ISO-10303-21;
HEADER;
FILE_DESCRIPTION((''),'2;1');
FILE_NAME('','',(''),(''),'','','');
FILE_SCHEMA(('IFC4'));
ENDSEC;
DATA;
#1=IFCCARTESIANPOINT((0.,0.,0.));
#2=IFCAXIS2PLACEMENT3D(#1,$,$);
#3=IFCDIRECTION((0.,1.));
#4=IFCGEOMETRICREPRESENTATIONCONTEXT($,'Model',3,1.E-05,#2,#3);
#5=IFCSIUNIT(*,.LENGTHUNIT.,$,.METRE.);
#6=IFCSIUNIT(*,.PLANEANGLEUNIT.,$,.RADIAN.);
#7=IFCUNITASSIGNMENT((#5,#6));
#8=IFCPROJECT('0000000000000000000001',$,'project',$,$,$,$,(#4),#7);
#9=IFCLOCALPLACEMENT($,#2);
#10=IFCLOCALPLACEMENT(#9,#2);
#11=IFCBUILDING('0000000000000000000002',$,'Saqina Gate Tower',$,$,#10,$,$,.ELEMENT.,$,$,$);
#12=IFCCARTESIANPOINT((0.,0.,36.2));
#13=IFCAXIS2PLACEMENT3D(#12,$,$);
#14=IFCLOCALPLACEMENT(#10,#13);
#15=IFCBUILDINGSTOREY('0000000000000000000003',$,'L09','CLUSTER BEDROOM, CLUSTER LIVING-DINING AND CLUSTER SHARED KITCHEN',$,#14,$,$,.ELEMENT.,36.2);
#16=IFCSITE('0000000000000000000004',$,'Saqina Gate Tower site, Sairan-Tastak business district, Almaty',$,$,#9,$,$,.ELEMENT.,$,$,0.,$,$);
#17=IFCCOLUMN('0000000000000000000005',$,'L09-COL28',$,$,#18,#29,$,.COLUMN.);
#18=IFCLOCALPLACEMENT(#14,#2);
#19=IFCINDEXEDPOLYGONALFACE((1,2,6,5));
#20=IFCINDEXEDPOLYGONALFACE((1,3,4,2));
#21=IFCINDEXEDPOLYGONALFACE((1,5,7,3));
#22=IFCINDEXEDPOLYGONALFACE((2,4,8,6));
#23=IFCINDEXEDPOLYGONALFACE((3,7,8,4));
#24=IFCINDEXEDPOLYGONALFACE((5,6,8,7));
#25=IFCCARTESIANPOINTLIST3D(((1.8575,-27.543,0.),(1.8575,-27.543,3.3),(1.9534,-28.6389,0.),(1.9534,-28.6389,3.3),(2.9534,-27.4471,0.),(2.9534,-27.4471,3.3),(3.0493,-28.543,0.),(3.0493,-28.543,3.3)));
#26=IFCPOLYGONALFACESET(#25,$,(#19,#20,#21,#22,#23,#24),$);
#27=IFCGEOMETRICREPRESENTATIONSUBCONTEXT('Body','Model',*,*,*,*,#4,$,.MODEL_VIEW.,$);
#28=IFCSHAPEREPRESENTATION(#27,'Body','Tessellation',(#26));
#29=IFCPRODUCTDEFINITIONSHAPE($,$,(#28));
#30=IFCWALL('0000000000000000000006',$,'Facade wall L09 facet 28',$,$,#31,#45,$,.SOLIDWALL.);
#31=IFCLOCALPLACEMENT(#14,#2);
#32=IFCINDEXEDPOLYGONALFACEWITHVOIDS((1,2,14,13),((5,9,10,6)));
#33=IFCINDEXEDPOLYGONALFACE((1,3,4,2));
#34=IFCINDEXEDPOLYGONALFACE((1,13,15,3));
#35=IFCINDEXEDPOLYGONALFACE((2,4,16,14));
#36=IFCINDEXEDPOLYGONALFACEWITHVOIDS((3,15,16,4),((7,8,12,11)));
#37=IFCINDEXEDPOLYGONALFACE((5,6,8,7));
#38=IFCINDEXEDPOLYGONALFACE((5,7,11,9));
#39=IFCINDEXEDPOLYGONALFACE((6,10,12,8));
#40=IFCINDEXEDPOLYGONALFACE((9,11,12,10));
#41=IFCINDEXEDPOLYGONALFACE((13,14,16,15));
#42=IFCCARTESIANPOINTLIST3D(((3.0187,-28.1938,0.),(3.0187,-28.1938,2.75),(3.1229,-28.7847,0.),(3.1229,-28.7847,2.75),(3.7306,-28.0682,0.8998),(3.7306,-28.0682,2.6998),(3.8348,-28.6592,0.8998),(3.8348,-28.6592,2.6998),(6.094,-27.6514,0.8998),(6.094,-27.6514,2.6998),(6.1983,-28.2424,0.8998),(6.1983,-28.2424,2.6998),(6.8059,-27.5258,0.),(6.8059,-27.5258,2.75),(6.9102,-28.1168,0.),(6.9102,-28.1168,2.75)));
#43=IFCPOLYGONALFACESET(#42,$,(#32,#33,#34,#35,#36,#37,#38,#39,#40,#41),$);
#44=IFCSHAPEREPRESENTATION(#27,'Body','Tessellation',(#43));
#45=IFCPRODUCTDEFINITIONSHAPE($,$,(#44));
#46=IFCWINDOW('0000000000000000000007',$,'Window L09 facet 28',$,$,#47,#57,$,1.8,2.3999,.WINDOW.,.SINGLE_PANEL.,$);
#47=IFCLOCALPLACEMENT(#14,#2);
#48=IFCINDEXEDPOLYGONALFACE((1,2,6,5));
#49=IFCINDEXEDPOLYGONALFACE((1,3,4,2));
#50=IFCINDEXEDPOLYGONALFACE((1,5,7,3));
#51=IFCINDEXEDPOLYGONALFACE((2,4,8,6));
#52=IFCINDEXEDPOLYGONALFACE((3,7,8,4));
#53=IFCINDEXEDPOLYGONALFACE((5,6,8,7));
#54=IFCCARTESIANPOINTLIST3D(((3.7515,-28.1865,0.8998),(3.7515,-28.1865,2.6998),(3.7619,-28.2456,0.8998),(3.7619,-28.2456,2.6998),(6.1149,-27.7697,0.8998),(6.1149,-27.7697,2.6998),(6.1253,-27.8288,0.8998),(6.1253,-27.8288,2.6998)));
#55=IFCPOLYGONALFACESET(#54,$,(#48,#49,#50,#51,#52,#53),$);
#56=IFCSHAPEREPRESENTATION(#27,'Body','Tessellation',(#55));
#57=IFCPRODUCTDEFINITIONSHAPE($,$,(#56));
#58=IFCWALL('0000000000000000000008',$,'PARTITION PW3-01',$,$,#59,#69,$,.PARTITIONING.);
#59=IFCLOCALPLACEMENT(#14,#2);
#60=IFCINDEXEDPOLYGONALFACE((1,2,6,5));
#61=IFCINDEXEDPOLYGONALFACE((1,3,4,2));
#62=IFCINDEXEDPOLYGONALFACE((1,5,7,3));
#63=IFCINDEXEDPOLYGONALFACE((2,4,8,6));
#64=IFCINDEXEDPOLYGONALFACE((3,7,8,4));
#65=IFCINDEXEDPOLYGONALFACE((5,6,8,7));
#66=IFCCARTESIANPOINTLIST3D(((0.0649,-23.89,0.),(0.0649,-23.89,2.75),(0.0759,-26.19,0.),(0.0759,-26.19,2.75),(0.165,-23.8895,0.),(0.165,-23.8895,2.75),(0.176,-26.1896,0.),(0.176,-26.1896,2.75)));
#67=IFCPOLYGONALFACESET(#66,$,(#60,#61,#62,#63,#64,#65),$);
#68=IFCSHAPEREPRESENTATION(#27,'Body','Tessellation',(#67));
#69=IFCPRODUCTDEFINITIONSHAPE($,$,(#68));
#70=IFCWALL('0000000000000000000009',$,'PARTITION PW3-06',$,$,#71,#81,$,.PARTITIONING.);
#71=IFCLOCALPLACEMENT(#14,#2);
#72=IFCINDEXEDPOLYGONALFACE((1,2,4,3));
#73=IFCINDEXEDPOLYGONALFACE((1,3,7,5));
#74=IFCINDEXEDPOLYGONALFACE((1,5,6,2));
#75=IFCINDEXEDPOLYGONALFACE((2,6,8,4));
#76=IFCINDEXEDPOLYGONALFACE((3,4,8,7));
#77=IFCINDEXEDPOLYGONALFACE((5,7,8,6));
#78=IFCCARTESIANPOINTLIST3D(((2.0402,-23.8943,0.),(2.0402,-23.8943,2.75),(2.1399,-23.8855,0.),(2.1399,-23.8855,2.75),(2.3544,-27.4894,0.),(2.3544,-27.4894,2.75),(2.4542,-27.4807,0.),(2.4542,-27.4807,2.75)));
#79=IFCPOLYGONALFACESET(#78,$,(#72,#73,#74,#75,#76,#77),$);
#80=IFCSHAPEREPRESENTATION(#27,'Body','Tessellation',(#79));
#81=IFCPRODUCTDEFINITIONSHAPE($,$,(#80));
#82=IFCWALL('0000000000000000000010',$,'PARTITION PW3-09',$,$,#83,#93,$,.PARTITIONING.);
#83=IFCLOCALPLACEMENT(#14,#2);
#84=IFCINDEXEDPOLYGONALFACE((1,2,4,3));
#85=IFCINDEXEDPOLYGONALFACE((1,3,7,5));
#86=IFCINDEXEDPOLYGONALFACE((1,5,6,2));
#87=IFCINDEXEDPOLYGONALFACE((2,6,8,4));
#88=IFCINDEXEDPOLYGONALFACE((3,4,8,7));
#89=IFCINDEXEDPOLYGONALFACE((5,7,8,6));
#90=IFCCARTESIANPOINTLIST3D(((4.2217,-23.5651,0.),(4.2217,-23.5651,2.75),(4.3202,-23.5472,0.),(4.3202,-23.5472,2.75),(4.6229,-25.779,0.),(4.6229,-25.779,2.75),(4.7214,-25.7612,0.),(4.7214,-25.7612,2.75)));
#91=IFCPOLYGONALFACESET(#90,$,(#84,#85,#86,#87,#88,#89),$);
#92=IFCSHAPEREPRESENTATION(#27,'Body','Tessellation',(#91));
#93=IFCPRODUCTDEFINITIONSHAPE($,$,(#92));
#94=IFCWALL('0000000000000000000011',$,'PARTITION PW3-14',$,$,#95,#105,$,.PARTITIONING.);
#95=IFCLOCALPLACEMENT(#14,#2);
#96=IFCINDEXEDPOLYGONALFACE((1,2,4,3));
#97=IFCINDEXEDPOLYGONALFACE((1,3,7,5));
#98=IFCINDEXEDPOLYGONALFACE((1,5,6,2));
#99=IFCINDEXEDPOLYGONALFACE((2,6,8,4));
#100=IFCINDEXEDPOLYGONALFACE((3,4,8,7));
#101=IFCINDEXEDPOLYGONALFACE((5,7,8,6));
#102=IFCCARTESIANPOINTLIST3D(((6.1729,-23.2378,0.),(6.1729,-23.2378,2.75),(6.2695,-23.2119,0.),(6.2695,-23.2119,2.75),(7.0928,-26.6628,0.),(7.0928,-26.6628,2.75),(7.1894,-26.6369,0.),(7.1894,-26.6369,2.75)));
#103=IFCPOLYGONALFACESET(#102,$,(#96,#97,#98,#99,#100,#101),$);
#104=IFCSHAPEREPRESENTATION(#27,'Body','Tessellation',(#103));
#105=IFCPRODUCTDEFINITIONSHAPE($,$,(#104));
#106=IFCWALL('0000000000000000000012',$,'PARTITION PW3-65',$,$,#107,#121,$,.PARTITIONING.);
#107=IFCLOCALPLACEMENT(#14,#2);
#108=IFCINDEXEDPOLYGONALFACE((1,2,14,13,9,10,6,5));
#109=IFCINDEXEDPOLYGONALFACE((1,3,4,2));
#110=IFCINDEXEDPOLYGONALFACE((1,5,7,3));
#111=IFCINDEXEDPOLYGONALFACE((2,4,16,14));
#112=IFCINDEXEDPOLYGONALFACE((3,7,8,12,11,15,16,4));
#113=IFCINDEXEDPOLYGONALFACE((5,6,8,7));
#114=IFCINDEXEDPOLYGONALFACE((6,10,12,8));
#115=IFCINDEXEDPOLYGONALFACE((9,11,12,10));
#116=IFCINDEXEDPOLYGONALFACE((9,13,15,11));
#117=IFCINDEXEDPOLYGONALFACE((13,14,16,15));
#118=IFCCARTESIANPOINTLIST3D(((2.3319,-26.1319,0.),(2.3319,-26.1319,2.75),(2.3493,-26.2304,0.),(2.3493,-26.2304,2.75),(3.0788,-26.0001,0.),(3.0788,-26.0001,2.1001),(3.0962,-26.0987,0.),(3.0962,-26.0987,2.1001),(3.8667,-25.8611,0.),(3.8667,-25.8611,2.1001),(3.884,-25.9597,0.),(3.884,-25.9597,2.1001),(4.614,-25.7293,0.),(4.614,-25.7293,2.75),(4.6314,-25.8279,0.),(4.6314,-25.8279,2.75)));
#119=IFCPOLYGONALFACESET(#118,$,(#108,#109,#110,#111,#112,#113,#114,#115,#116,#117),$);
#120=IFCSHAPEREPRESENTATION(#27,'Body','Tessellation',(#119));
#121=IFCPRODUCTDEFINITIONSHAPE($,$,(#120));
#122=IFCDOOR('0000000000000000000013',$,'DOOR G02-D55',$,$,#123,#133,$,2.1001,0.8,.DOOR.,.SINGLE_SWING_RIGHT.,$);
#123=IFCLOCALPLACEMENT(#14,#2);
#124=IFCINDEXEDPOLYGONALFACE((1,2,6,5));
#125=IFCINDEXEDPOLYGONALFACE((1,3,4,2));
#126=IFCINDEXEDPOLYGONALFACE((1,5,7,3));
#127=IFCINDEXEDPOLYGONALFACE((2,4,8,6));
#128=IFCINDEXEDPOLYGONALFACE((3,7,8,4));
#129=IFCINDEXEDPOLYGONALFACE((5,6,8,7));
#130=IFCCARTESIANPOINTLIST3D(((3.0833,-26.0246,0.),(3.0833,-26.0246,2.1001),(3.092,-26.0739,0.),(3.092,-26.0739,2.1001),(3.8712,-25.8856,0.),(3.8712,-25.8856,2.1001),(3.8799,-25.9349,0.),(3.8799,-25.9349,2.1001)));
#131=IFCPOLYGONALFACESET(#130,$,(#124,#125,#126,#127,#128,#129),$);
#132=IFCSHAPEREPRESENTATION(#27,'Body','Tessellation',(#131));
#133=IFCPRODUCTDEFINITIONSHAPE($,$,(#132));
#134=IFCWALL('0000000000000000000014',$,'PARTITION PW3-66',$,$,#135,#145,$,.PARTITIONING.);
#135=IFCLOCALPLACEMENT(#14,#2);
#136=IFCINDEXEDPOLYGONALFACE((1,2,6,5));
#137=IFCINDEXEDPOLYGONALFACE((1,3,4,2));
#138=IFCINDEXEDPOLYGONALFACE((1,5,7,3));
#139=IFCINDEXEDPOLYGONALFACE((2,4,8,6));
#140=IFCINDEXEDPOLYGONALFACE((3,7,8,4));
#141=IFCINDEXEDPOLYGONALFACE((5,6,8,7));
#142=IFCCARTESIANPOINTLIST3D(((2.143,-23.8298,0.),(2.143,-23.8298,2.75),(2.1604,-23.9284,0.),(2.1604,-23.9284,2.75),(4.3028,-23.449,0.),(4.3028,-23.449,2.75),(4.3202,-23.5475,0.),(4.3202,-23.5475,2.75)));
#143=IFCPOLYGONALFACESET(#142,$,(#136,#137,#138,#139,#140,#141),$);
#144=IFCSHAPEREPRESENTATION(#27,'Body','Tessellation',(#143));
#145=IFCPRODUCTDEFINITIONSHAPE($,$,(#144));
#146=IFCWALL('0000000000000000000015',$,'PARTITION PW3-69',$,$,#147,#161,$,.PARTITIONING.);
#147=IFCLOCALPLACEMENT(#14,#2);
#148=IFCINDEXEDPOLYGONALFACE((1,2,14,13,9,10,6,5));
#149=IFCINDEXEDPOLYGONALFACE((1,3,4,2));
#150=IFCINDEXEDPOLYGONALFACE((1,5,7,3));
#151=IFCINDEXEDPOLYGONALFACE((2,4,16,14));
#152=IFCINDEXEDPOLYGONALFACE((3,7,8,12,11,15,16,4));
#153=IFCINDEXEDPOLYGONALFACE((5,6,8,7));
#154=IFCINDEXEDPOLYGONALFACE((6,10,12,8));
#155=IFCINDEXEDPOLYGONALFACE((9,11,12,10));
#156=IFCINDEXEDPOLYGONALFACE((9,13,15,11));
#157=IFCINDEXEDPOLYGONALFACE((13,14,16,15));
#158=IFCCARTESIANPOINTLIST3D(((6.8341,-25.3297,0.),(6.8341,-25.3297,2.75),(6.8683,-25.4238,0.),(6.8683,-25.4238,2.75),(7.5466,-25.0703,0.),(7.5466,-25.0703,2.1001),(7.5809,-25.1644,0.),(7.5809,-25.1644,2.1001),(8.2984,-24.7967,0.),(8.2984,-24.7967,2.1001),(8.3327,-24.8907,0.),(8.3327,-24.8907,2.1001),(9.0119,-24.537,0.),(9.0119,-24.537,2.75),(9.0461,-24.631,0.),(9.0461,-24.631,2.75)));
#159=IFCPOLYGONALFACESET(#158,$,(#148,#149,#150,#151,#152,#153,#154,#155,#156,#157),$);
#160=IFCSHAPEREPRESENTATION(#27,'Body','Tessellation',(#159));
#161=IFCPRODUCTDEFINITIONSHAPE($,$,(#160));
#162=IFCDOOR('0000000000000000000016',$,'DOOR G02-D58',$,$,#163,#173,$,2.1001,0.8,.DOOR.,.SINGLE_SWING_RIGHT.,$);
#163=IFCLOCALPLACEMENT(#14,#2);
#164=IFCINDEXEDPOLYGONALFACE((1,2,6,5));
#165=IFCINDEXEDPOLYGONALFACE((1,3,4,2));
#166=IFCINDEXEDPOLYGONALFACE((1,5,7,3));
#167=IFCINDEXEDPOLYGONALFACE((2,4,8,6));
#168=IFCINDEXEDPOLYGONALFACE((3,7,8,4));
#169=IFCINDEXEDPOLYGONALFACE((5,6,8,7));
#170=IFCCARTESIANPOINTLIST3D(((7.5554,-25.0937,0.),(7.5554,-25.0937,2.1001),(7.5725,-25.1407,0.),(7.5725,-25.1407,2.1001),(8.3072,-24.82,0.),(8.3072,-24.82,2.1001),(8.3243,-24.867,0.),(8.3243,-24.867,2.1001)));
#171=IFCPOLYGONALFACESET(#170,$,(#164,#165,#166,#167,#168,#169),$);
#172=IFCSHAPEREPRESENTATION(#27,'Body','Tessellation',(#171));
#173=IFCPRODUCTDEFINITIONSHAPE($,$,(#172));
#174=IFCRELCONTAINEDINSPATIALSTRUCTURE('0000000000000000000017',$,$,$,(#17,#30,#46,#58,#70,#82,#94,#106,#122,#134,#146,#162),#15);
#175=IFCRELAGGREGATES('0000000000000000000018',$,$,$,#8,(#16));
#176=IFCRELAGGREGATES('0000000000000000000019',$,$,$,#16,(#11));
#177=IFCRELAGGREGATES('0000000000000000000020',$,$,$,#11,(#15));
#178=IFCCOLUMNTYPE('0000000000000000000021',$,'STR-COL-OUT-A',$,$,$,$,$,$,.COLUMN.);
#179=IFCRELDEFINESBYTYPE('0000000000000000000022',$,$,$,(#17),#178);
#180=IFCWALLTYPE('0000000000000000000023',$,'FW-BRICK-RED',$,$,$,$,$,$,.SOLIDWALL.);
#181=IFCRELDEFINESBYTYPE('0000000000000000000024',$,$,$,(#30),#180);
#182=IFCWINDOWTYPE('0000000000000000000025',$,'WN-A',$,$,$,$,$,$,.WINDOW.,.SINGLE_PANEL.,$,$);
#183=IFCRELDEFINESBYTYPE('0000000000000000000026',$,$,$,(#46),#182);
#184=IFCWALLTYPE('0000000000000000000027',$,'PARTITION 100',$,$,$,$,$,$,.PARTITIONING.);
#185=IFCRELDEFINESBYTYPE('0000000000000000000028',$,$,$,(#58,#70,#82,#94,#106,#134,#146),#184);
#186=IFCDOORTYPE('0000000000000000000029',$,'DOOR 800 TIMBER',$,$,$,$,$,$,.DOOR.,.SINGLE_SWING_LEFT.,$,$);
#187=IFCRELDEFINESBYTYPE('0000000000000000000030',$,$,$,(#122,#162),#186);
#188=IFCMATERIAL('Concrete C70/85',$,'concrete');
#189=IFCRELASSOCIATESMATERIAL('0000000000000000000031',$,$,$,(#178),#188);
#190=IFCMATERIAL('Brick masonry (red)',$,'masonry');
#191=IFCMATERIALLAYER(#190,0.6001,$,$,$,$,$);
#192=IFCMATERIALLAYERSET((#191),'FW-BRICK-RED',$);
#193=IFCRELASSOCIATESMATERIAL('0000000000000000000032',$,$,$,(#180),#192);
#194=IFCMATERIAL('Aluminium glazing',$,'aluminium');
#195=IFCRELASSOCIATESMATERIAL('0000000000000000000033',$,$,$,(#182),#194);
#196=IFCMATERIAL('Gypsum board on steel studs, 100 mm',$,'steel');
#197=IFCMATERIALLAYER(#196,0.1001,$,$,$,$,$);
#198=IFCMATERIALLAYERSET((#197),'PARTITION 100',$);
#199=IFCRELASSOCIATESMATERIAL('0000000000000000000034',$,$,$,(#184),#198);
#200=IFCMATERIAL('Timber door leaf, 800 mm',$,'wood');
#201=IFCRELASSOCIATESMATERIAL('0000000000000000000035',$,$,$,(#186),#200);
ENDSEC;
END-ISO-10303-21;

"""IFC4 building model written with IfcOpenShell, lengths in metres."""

from ifc_helpers import new_model, si_unit, direction, frame, frame_2d, origin, origin_2d, place, context, subcontext, project, spatial, rectangle, extrude, material, layer, layer_set, material_profile, profile_set, type_object, element, fill, save


model = new_model("IFC4")

# Units and contexts
model_context = context("Model", 3, precision=1e-05, world=origin(), true_north=direction((0.0, 1.0)))
body_context = subcontext(model_context, "Body", "Model", "MODEL_VIEW")
ifc_project = project(units=[si_unit("LENGTHUNIT", "METRE"), si_unit("PLANEANGLEUNIT", "RADIAN")], contexts=[model_context])

# Site, building, storey
site_placement = place(None, origin())
site = spatial("IfcSite", under=ifc_project, at=site_placement, Name="Saqina Gate Tower site, Sairan-Tastak business district, Almaty", CompositionType="ELEMENT", RefElevation=0.0)
building_placement = place(site_placement, origin())
building = spatial("IfcBuilding", under=site, at=building_placement, Name="Saqina Gate Tower", CompositionType="ELEMENT")
storey_placement = place(building_placement, frame((0.0, 0.0, 36.2)))
storey = spatial("IfcBuildingStorey", under=building, at=storey_placement, Name="L09", Description="CLUSTER BEDROOM, CLUSTER LIVING-DINING AND CLUSTER SHARED KITCHEN", CompositionType="ELEMENT", Elevation=36.2)

# Column
ifc_material_1 = material(Name="Concrete C70/85", Category="concrete")
ifc_material_profile = material_profile(ifc_material_1, rectangle(XDim=1.1001, YDim=1.1001, at=origin_2d()), Name="RC 1100x1100")
ifc_profile_set = profile_set([ifc_material_profile], Name="Concrete C70/85")
column_type = type_object("IfcColumnType", Name="STR-COL-OUT-A", PredefinedType="COLUMN", material=ifc_profile_set)
column_placement = place(storey_placement, frame((2.4534, -28.043, 0.0), z_axis=(0.0, 0.0, 1.0), x_axis=(0.087156, -0.996195, 0.0)))
element("IfcColumn", 1, at=column_placement, inside=storey, type_object=column_type, Name="L09-COL28", PredefinedType="COLUMN", context=body_context, shape_type="SweptSolid", body=[
    extrude(rectangle(XDim=1.1001, YDim=1.1001, at=origin_2d()), origin(), (0.0, 0.0, 1.0), 3.3),
])

# Wall, opening, window
ifc_material_2 = material(Name="Brick masonry (red)", Category="masonry")
ifc_layer_1 = layer(ifc_material_2, 0.6001)
ifc_layer_set_1 = layer_set([ifc_layer_1], Name="FW-BRICK-RED")
wall_type_1 = type_object("IfcWallType", Name="FW-BRICK-RED", PredefinedType="SOLIDWALL", material=ifc_layer_set_1)
wall_1_placement = place(storey_placement, frame((3.0708, -28.4893, 0.0), z_axis=(0.0, 0.0, 1.0), x_axis=(0.984801, 0.173688, 0.0)))
wall_1 = element("IfcWall", 2, at=wall_1_placement, inside=storey, type_object=wall_type_1, Name="Facade wall L09 facet 28", PredefinedType="SOLIDWALL", context=body_context, shape_type="SweptSolid", body=[
    extrude(rectangle(XDim=3.8457, YDim=0.6001, at=frame_2d((1.9229, 0.0))), origin(), (0.0, 0.0, 1.0), 2.75),
])
opening_1_placement = place(wall_1_placement, frame((0.7229, 0.0, 0.8999)))
opening_1 = element("IfcOpeningElement", 3, at=opening_1_placement, cuts=wall_1, PredefinedType="OPENING", context=body_context, shape_type="SweptSolid", body=[
    extrude(rectangle(XDim=2.3999, YDim=1.8, at=frame_2d((1.2, 0.8999))), frame((0.0, 0.312, 0.0), z_axis=(0.0, -1.0, 0.0), x_axis=(1.0, 0.0, 0.0)), (0.0, 0.0, 1.0), 0.624),
])
ifc_material_3 = material(Name="Aluminium glazing", Category="aluminium")
window_type = type_object("IfcWindowType", Name="WN-A", PartitioningType="SINGLE_PANEL", PredefinedType="WINDOW", material=ifc_material_3)
window_placement = place(opening_1_placement, origin())
window = element("IfcWindow", 4, at=window_placement, inside=storey, type_object=window_type, Name="Window L09 facet 28", OverallHeight=1.8, OverallWidth=2.3999, PartitioningType="SINGLE_PANEL", PredefinedType="WINDOW", context=body_context, shape_type="SweptSolid", body=[
    extrude(rectangle(XDim=2.3999, YDim=1.8, at=frame_2d((1.2, 0.8999))), frame((0.0, 0.1799, 0.0), z_axis=(0.0, -1.0, 0.0), x_axis=(1.0, 0.0, 0.0)), (0.0, 0.0, 1.0), 0.0601),
])
fill(opening_1, window)

# Walls
ifc_material_4 = material(Name="Gypsum board on steel studs, 100 mm", Category="steel")
ifc_layer_2 = layer(ifc_material_4, 0.1001)
ifc_layer_set_2 = layer_set([ifc_layer_2], Name="PARTITION 100")
wall_type_2 = type_object("IfcWallType", Name="PARTITION 100", PredefinedType="PARTITIONING", material=ifc_layer_set_2)
wall_2_placement = place(storey_placement, frame((0.115, -23.8899, 0.0), z_axis=(0.0, 0.0, 1.0), x_axis=(0.004777, -0.999989, 0.0)))
element("IfcWall", 5, at=wall_2_placement, inside=storey, type_object=wall_type_2, Name="PARTITION PW3-01", PredefinedType="PARTITIONING", context=body_context, shape_type="SweptSolid", body=[
    extrude(rectangle(XDim=2.3, YDim=0.1001, at=frame_2d((1.1499, 0.0))), origin(), (0.0, 0.0, 1.0), 2.75),
])
wall_3_placement = place(storey_placement, frame((2.0901, -23.8899, 0.0), z_axis=(0.0, 0.0, 1.0), x_axis=(0.087065, -0.996203, 0.0)))
element("IfcWall", 6, at=wall_3_placement, inside=storey, type_object=wall_type_2, Name="PARTITION PW3-06", PredefinedType="PARTITIONING", context=body_context, shape_type="SweptSolid", body=[
    extrude(rectangle(XDim=3.6089, YDim=0.1001, at=frame_2d((1.8044, 0.0))), origin(), (0.0, 0.0, 1.0), 2.75),
])
wall_4_placement = place(storey_placement, frame((4.271, -23.5562, 0.0), z_axis=(0.0, 0.0, 1.0), x_axis=(0.178284, -0.983979, 0.0)))
element("IfcWall", 7, at=wall_4_placement, inside=storey, type_object=wall_type_2, Name="PARTITION PW3-09", PredefinedType="PARTITIONING", context=body_context, shape_type="SweptSolid", body=[
    extrude(rectangle(XDim=2.25, YDim=0.1001, at=frame_2d((1.125, 0.0))), origin(), (0.0, 0.0, 1.0), 2.75),
])
wall_5_placement = place(storey_placement, frame((6.2212, -23.2249, 0.0), z_axis=(0.0, 0.0, 1.0), x_axis=(0.259393, -0.965772, 0.0)))
element("IfcWall", 8, at=wall_5_placement, inside=storey, type_object=wall_type_2, Name="PARTITION PW3-14", PredefinedType="PARTITIONING", context=body_context, shape_type="SweptSolid", body=[
    extrude(rectangle(XDim=3.5464, YDim=0.1001, at=frame_2d((1.7732, 0.0))), origin(), (0.0, 0.0, 1.0), 2.75),
])

# Wall, opening, door
wall_6_placement = place(storey_placement, frame((2.3406, -26.1812, 0.0), z_axis=(0.0, 0.0, 1.0), x_axis=(0.984795, 0.173719, 0.0)))
wall_6 = element("IfcWall", 9, at=wall_6_placement, inside=storey, type_object=wall_type_2, Name="PARTITION PW3-65", PredefinedType="PARTITIONING", context=body_context, shape_type="SweptSolid", body=[
    extrude(rectangle(XDim=2.3174, YDim=0.1001, at=frame_2d((1.1587, 0.0))), origin(), (0.0, 0.0, 1.0), 2.75),
])
opening_2_placement = place(wall_6_placement, frame((0.7585, 0.0, 0.0)))
opening_2 = element("IfcOpeningElement", 10, at=opening_2_placement, cuts=wall_6, PredefinedType="OPENING", context=body_context, shape_type="SweptSolid", body=[
    extrude(rectangle(XDim=0.8, YDim=2.1001, at=frame_2d((0.3999, 1.05))), frame((0.0, 0.062, 0.0), z_axis=(0.0, -1.0, 0.0), x_axis=(1.0, 0.0, 0.0)), (0.0, 0.0, 1.0), 0.124),
])
ifc_material_5 = material(Name="Timber door leaf, 800 mm", Category="wood")
door_type_1 = type_object("IfcDoorType", Name="DOOR 800 TIMBER", OperationType="SINGLE_SWING_LEFT", PredefinedType="DOOR", material=ifc_material_5)
door_1_placement = place(opening_2_placement, frame((0.8, 0.0, 0.0), z_axis=(0.0, 0.0, 1.0), x_axis=(-1.0, 0.0, 0.0)))
door_1 = element("IfcDoor", 11, at=door_1_placement, inside=storey, type_object=door_type_1, Name="DOOR G02-D55", OperationType="SINGLE_SWING_RIGHT", OverallHeight=2.1001, OverallWidth=0.8, PredefinedType="DOOR", context=body_context, shape_type="SweptSolid", body=[
    extrude(rectangle(XDim=0.8, YDim=2.1001, at=frame_2d((0.3999, 1.05))), frame((0.0, 0.0249, 0.0), z_axis=(0.0, -1.0, 0.0), x_axis=(1.0, 0.0, 0.0)), (0.0, 0.0, 1.0), 0.05),
])
fill(opening_2, door_1)

# Wall
wall_7_placement = place(storey_placement, frame((2.1516, -23.8792, 0.0), z_axis=(0.0, 0.0, 1.0), x_axis=(0.984804, 0.173671, 0.0)))
element("IfcWall", 12, at=wall_7_placement, inside=storey, type_object=wall_type_2, Name="PARTITION PW3-66", PredefinedType="PARTITIONING", context=body_context, shape_type="SweptSolid", body=[
    extrude(rectangle(XDim=2.1931, YDim=0.1001, at=frame_2d((1.0967, 0.0))), origin(), (0.0, 0.0, 1.0), 2.75),
])

# Wall, opening, door
wall_8_placement = place(storey_placement, frame((6.8513, -25.3767, 0.0), z_axis=(0.0, 0.0, 1.0), x_axis=(0.93968, 0.342056, 0.0)))
wall_8 = element("IfcWall", 13, at=wall_8_placement, inside=storey, type_object=wall_type_2, Name="PARTITION PW3-69", PredefinedType="PARTITIONING", context=body_context, shape_type="SweptSolid", body=[
    extrude(rectangle(XDim=2.3176, YDim=0.1001, at=frame_2d((1.1587, 0.0))), origin(), (0.0, 0.0, 1.0), 2.75),
])
opening_3_placement = place(wall_8_placement, frame((0.7583, 0.0, 0.0)))
opening_3 = element("IfcOpeningElement", 14, at=opening_3_placement, cuts=wall_8, PredefinedType="OPENING", context=body_context, shape_type="SweptSolid", body=[
    extrude(rectangle(XDim=0.8, YDim=2.1001, at=frame_2d((0.3999, 1.05))), frame((0.0, 0.062, 0.0), z_axis=(0.0, -1.0, 0.0), x_axis=(1.0, 0.0, 0.0)), (0.0, 0.0, 1.0), 0.124),
])
door_2_placement = place(opening_3_placement, frame((0.8, 0.0, 0.0), z_axis=(0.0, 0.0, 1.0), x_axis=(-1.0, 0.0, 0.0)))
door_2 = element("IfcDoor", 15, at=door_2_placement, inside=storey, type_object=door_type_1, Name="DOOR G02-D58", OperationType="SINGLE_SWING_RIGHT", OverallHeight=2.1001, OverallWidth=0.8, PredefinedType="DOOR", context=body_context, shape_type="SweptSolid", body=[
    extrude(rectangle(XDim=0.8, YDim=2.1001, at=frame_2d((0.3999, 1.05))), frame((0.0, 0.0249, 0.0), z_axis=(0.0, -1.0, 0.0), x_axis=(1.0, 0.0, 0.0)), (0.0, 0.0, 1.0), 0.05),
])
fill(opening_3, door_2)

save(model, "model.ifc")
